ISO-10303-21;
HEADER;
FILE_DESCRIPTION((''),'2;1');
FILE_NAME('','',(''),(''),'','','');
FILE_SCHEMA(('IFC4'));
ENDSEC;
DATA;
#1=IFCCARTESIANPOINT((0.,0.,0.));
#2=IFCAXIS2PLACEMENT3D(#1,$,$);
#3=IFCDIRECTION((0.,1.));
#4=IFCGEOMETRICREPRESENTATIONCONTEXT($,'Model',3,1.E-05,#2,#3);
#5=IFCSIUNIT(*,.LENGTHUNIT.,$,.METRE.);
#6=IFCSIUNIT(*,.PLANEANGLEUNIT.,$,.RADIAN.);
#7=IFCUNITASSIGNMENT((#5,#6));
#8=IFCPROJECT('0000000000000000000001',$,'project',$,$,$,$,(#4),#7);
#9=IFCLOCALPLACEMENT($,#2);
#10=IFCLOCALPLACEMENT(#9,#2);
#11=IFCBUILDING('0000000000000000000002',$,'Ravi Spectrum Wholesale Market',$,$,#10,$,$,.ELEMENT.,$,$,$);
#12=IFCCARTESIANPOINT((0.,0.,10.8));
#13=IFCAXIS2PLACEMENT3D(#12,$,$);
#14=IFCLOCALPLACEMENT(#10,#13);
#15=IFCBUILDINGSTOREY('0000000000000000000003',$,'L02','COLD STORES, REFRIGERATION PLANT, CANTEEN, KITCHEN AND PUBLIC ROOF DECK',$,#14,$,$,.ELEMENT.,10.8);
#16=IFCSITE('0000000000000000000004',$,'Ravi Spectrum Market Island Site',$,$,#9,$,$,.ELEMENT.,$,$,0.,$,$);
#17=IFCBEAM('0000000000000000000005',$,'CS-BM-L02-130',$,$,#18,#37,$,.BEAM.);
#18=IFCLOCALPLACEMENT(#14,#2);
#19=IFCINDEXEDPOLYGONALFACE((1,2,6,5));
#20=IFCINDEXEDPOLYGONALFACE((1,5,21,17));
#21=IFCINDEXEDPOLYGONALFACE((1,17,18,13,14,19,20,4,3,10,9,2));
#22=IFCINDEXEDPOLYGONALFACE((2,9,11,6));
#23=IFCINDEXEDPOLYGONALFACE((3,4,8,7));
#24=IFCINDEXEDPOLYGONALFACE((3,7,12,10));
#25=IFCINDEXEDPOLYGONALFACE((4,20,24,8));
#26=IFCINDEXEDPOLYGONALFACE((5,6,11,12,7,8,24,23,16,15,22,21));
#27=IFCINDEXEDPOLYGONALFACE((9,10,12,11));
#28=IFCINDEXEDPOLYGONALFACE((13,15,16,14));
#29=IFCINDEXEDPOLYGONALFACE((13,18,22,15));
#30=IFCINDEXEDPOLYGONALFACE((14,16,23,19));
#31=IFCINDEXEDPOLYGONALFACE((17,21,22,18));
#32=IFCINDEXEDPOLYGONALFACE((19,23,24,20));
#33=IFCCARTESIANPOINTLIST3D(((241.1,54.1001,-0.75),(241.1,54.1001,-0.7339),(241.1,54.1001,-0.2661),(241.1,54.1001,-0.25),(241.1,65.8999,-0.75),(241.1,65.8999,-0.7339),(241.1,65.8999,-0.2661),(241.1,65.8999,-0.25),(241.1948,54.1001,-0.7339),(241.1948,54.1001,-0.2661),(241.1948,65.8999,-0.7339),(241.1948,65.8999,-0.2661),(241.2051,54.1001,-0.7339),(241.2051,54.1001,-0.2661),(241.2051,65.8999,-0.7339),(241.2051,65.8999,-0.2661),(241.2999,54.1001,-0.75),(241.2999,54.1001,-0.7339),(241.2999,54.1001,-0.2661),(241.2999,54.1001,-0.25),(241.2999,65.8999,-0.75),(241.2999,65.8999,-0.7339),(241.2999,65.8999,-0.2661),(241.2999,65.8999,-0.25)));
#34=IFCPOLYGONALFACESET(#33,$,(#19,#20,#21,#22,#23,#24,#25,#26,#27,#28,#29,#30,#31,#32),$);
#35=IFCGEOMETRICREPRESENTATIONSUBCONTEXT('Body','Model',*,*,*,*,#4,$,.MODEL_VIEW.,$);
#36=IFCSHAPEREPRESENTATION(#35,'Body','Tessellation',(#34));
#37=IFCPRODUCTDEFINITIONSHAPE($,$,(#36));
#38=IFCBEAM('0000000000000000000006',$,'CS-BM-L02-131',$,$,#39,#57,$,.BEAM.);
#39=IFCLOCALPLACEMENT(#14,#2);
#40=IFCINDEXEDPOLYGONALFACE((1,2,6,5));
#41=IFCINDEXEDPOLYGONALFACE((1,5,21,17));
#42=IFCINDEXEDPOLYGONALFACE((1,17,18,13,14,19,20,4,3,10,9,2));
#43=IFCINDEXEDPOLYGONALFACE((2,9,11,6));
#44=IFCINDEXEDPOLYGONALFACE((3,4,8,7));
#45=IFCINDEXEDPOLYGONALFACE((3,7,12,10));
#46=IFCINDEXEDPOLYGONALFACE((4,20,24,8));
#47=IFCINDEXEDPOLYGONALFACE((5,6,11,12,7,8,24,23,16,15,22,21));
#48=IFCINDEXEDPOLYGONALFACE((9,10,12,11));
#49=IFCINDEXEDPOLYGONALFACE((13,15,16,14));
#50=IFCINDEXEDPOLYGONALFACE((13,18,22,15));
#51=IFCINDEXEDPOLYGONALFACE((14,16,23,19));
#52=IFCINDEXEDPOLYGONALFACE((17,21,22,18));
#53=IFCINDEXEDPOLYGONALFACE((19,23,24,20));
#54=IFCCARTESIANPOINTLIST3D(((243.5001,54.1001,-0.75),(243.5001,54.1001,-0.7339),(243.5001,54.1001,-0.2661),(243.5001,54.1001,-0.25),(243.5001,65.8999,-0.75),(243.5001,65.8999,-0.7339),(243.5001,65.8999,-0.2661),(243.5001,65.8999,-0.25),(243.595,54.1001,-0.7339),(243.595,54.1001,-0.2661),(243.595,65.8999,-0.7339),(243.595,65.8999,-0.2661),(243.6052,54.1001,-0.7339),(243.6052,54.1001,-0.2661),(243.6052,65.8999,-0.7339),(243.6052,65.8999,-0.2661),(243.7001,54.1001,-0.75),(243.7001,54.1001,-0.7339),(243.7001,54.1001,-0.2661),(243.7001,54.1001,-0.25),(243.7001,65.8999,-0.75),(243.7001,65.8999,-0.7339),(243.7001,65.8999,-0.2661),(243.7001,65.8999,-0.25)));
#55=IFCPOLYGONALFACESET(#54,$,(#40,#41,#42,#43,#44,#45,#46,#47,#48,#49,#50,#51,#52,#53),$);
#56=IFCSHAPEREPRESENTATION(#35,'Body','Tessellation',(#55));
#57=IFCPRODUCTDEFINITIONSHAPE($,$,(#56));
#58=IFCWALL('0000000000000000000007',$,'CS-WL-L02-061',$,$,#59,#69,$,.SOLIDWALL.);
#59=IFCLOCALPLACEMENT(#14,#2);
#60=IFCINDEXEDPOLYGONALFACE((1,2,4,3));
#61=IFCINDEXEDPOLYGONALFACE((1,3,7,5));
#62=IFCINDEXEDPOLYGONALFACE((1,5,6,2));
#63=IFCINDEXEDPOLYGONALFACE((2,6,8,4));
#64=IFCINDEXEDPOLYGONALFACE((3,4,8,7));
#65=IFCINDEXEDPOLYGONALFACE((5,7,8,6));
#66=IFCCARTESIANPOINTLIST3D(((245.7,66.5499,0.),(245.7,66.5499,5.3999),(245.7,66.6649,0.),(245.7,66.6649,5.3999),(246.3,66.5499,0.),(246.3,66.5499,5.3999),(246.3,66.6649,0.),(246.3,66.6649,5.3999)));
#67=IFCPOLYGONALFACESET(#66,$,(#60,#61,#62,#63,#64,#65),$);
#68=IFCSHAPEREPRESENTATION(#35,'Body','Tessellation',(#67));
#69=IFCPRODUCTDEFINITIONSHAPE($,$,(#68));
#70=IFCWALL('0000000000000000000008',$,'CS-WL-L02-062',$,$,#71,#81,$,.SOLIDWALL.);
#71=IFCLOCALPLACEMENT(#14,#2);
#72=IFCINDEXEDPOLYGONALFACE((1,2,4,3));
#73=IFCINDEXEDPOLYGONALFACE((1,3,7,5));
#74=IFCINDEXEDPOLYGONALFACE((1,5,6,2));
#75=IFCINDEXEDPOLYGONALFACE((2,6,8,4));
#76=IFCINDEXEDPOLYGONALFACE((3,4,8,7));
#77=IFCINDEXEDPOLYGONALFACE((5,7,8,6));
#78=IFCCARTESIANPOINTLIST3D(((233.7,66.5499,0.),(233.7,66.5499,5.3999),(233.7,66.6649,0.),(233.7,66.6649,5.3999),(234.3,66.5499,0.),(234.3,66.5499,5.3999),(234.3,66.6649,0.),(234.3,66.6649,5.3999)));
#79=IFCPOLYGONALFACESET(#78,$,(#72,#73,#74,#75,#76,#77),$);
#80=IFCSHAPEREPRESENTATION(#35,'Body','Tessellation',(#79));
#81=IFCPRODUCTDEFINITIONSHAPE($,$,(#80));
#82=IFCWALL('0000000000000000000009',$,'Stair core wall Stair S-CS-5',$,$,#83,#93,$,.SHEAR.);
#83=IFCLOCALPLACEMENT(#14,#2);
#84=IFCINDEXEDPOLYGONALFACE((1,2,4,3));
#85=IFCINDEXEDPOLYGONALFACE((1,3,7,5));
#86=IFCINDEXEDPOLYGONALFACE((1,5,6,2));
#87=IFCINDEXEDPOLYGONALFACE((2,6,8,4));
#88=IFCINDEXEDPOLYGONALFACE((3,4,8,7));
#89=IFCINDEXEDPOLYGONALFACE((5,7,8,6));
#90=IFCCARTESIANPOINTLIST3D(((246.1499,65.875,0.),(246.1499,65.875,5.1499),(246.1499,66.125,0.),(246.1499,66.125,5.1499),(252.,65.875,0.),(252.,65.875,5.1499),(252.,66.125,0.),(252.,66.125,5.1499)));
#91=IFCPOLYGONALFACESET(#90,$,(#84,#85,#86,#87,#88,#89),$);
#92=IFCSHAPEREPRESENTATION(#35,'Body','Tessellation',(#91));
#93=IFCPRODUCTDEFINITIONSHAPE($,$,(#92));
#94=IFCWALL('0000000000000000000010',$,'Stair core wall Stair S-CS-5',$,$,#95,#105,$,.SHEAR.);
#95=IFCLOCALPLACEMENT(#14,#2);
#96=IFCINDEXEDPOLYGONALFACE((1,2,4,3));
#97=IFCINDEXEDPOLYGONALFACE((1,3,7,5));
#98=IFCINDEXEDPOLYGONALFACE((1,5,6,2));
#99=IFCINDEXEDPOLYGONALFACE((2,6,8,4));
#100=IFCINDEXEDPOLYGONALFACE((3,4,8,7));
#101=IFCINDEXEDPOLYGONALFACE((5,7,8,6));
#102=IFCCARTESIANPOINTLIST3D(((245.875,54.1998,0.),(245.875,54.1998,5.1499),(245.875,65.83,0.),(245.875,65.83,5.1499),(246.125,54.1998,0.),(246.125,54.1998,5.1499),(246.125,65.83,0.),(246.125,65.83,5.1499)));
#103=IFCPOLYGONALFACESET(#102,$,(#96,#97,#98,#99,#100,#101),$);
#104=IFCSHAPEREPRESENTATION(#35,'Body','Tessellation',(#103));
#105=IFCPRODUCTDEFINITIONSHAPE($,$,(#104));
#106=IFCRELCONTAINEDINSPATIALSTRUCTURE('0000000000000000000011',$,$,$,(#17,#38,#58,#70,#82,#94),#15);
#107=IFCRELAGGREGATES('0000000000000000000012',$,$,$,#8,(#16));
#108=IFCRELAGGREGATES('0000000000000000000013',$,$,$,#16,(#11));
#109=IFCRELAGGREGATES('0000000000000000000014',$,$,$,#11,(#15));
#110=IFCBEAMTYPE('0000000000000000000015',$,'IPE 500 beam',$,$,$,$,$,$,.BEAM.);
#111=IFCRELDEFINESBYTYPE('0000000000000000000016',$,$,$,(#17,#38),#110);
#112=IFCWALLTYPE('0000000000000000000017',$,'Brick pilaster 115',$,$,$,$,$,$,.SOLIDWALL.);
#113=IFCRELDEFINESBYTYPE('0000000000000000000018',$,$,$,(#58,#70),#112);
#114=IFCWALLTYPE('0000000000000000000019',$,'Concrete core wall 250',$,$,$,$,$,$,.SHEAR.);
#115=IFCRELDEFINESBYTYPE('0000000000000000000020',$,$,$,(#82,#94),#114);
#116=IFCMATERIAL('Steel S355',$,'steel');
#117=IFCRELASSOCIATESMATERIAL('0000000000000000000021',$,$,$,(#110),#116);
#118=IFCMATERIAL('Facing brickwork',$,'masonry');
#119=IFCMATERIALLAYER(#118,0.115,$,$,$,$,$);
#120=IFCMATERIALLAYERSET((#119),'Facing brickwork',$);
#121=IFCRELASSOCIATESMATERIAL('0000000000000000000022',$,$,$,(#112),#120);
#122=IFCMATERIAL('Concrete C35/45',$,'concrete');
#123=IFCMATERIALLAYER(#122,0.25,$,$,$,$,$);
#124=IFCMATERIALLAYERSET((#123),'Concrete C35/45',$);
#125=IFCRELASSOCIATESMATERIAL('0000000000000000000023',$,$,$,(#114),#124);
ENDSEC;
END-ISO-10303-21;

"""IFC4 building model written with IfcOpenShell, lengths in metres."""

from ifc_helpers import new_model, si_unit, direction, frame, frame_2d, origin, origin_2d, place, context, subcontext, project, spatial, rectangle, i_section, extrude, material, layer, layer_set, material_profile, profile_set, type_object, element, save


model = new_model("IFC4")

# Units and contexts
model_context = context("Model", 3, precision=1e-05, world=origin(), true_north=direction((0.0, 1.0)))
body_context = subcontext(model_context, "Body", "Model", "MODEL_VIEW")
ifc_project = project(units=[si_unit("LENGTHUNIT", "METRE"), si_unit("PLANEANGLEUNIT", "RADIAN")], contexts=[model_context])

# Site, building, storey
site_placement = place(None, origin())
site = spatial("IfcSite", under=ifc_project, at=site_placement, Name="Ravi Spectrum Market Island Site", CompositionType="ELEMENT", RefElevation=0.0)
building_placement = place(site_placement, origin())
building = spatial("IfcBuilding", under=site, at=building_placement, Name="Ravi Spectrum Wholesale Market", CompositionType="ELEMENT")
storey_placement = place(building_placement, frame((0.0, 0.0, 10.8)))
storey = spatial("IfcBuildingStorey", under=building, at=storey_placement, Name="L02", Description="COLD STORES, REFRIGERATION PLANT, CANTEEN, KITCHEN AND PUBLIC ROOF DECK", CompositionType="ELEMENT", Elevation=10.8)

# Beams
ifc_material_1 = material(Name="Steel S355", Category="steel")
ifc_material_profile_1 = material_profile(ifc_material_1, i_section(OverallWidth=0.2, OverallDepth=0.5, WebThickness=0.0103, FlangeThickness=0.0161, at=origin_2d()))
ifc_profile_set_1 = profile_set([ifc_material_profile_1], Name="Steel S355")
beam_type_1 = type_object("IfcBeamType", Name="IPE 500 beam", PredefinedType="BEAM", material=ifc_profile_set_1)
for number, where, z_axis, x_axis, name in (
    (1, (241.2, 54.1001, -0.5), (0.0, 1.0, 0.0), (-1.0, 0.0, 0.0), "CS-BM-L02-130"),
    (2, (243.6001, 54.1001, -0.5), (0.0, 1.0, 0.0), (-1.0, 0.0, 0.0), "CS-BM-L02-131"),
):
    element("IfcBeam", number, at=place(storey_placement, frame(where, z_axis=z_axis, x_axis=x_axis)), inside=storey, type_object=beam_type_1, Name=name, PredefinedType="BEAM", context=body_context, shape_type="SweptSolid", body=[
        extrude(i_section(OverallWidth=0.2, OverallDepth=0.5, WebThickness=0.0103, FlangeThickness=0.0161, at=origin_2d()), origin(), (0.0, 0.0, 1.0), 11.7998),
    ])

# Walls
ifc_material_2 = material(Name="Facing brickwork", Category="masonry")
ifc_layer_1 = layer(ifc_material_2, 0.115)
ifc_layer_set_1 = layer_set([ifc_layer_1], Name="Facing brickwork")
wall_type_1 = type_object("IfcWallType", Name="Brick pilaster 115", PredefinedType="SOLIDWALL", material=ifc_layer_set_1)
for number, where, z_axis, x_axis, name in (
    (3, (246.3, 66.6074, 0.0), (0.0, 0.0, 1.0), (-1.0, 0.0, 0.0), "CS-WL-L02-061"),
    (4, (234.3, 66.6074, 0.0), (0.0, 0.0, 1.0), (-1.0, 0.0, 0.0), "CS-WL-L02-062"),
):
    element("IfcWall", number, at=place(storey_placement, frame(where, z_axis=z_axis, x_axis=x_axis)), inside=storey, type_object=wall_type_1, Name=name, PredefinedType="SOLIDWALL", context=body_context, shape_type="SweptSolid", body=[
        extrude(rectangle(XDim=0.6001, YDim=0.115, at=frame_2d((0.3, 0.0))), origin(), (0.0, 0.0, 1.0), 5.3999),
    ])
ifc_material_3 = material(Name="Concrete C35/45", Category="concrete")
ifc_layer_2 = layer(ifc_material_3, 0.25)
ifc_layer_set_2 = layer_set([ifc_layer_2], Name="Concrete C35/45")
wall_type_2 = type_object("IfcWallType", Name="Concrete core wall 250", PredefinedType="SHEAR", material=ifc_layer_set_2)
wall_1_placement = place(storey_placement, frame((246.1499, 66.0, 0.0), z_axis=(0.0, 0.0, 1.0), x_axis=(1.0, 0.0, 0.0)))
element("IfcWall", 5, at=wall_1_placement, inside=storey, type_object=wall_type_2, Name="Stair core wall Stair S-CS-5", PredefinedType="SHEAR", context=body_context, shape_type="SweptSolid", body=[
    extrude(rectangle(XDim=5.8501, YDim=0.25, at=frame_2d((2.925, 0.0))), origin(), (0.0, 0.0, 1.0), 5.1499),
])
wall_2_placement = place(storey_placement, frame((246.0, 54.2, 0.0), z_axis=(0.0, 0.0, 1.0), x_axis=(0.0, 1.0, 0.0)))
element("IfcWall", 6, at=wall_2_placement, inside=storey, type_object=wall_type_2, Name="Stair core wall Stair S-CS-5", PredefinedType="SHEAR", context=body_context, shape_type="SweptSolid", body=[
    extrude(rectangle(XDim=11.6301, YDim=0.25, at=frame_2d((5.8149, 0.0))), origin(), (0.0, 0.0, 1.0), 5.1499),
])

save(model, "model.ifc")
